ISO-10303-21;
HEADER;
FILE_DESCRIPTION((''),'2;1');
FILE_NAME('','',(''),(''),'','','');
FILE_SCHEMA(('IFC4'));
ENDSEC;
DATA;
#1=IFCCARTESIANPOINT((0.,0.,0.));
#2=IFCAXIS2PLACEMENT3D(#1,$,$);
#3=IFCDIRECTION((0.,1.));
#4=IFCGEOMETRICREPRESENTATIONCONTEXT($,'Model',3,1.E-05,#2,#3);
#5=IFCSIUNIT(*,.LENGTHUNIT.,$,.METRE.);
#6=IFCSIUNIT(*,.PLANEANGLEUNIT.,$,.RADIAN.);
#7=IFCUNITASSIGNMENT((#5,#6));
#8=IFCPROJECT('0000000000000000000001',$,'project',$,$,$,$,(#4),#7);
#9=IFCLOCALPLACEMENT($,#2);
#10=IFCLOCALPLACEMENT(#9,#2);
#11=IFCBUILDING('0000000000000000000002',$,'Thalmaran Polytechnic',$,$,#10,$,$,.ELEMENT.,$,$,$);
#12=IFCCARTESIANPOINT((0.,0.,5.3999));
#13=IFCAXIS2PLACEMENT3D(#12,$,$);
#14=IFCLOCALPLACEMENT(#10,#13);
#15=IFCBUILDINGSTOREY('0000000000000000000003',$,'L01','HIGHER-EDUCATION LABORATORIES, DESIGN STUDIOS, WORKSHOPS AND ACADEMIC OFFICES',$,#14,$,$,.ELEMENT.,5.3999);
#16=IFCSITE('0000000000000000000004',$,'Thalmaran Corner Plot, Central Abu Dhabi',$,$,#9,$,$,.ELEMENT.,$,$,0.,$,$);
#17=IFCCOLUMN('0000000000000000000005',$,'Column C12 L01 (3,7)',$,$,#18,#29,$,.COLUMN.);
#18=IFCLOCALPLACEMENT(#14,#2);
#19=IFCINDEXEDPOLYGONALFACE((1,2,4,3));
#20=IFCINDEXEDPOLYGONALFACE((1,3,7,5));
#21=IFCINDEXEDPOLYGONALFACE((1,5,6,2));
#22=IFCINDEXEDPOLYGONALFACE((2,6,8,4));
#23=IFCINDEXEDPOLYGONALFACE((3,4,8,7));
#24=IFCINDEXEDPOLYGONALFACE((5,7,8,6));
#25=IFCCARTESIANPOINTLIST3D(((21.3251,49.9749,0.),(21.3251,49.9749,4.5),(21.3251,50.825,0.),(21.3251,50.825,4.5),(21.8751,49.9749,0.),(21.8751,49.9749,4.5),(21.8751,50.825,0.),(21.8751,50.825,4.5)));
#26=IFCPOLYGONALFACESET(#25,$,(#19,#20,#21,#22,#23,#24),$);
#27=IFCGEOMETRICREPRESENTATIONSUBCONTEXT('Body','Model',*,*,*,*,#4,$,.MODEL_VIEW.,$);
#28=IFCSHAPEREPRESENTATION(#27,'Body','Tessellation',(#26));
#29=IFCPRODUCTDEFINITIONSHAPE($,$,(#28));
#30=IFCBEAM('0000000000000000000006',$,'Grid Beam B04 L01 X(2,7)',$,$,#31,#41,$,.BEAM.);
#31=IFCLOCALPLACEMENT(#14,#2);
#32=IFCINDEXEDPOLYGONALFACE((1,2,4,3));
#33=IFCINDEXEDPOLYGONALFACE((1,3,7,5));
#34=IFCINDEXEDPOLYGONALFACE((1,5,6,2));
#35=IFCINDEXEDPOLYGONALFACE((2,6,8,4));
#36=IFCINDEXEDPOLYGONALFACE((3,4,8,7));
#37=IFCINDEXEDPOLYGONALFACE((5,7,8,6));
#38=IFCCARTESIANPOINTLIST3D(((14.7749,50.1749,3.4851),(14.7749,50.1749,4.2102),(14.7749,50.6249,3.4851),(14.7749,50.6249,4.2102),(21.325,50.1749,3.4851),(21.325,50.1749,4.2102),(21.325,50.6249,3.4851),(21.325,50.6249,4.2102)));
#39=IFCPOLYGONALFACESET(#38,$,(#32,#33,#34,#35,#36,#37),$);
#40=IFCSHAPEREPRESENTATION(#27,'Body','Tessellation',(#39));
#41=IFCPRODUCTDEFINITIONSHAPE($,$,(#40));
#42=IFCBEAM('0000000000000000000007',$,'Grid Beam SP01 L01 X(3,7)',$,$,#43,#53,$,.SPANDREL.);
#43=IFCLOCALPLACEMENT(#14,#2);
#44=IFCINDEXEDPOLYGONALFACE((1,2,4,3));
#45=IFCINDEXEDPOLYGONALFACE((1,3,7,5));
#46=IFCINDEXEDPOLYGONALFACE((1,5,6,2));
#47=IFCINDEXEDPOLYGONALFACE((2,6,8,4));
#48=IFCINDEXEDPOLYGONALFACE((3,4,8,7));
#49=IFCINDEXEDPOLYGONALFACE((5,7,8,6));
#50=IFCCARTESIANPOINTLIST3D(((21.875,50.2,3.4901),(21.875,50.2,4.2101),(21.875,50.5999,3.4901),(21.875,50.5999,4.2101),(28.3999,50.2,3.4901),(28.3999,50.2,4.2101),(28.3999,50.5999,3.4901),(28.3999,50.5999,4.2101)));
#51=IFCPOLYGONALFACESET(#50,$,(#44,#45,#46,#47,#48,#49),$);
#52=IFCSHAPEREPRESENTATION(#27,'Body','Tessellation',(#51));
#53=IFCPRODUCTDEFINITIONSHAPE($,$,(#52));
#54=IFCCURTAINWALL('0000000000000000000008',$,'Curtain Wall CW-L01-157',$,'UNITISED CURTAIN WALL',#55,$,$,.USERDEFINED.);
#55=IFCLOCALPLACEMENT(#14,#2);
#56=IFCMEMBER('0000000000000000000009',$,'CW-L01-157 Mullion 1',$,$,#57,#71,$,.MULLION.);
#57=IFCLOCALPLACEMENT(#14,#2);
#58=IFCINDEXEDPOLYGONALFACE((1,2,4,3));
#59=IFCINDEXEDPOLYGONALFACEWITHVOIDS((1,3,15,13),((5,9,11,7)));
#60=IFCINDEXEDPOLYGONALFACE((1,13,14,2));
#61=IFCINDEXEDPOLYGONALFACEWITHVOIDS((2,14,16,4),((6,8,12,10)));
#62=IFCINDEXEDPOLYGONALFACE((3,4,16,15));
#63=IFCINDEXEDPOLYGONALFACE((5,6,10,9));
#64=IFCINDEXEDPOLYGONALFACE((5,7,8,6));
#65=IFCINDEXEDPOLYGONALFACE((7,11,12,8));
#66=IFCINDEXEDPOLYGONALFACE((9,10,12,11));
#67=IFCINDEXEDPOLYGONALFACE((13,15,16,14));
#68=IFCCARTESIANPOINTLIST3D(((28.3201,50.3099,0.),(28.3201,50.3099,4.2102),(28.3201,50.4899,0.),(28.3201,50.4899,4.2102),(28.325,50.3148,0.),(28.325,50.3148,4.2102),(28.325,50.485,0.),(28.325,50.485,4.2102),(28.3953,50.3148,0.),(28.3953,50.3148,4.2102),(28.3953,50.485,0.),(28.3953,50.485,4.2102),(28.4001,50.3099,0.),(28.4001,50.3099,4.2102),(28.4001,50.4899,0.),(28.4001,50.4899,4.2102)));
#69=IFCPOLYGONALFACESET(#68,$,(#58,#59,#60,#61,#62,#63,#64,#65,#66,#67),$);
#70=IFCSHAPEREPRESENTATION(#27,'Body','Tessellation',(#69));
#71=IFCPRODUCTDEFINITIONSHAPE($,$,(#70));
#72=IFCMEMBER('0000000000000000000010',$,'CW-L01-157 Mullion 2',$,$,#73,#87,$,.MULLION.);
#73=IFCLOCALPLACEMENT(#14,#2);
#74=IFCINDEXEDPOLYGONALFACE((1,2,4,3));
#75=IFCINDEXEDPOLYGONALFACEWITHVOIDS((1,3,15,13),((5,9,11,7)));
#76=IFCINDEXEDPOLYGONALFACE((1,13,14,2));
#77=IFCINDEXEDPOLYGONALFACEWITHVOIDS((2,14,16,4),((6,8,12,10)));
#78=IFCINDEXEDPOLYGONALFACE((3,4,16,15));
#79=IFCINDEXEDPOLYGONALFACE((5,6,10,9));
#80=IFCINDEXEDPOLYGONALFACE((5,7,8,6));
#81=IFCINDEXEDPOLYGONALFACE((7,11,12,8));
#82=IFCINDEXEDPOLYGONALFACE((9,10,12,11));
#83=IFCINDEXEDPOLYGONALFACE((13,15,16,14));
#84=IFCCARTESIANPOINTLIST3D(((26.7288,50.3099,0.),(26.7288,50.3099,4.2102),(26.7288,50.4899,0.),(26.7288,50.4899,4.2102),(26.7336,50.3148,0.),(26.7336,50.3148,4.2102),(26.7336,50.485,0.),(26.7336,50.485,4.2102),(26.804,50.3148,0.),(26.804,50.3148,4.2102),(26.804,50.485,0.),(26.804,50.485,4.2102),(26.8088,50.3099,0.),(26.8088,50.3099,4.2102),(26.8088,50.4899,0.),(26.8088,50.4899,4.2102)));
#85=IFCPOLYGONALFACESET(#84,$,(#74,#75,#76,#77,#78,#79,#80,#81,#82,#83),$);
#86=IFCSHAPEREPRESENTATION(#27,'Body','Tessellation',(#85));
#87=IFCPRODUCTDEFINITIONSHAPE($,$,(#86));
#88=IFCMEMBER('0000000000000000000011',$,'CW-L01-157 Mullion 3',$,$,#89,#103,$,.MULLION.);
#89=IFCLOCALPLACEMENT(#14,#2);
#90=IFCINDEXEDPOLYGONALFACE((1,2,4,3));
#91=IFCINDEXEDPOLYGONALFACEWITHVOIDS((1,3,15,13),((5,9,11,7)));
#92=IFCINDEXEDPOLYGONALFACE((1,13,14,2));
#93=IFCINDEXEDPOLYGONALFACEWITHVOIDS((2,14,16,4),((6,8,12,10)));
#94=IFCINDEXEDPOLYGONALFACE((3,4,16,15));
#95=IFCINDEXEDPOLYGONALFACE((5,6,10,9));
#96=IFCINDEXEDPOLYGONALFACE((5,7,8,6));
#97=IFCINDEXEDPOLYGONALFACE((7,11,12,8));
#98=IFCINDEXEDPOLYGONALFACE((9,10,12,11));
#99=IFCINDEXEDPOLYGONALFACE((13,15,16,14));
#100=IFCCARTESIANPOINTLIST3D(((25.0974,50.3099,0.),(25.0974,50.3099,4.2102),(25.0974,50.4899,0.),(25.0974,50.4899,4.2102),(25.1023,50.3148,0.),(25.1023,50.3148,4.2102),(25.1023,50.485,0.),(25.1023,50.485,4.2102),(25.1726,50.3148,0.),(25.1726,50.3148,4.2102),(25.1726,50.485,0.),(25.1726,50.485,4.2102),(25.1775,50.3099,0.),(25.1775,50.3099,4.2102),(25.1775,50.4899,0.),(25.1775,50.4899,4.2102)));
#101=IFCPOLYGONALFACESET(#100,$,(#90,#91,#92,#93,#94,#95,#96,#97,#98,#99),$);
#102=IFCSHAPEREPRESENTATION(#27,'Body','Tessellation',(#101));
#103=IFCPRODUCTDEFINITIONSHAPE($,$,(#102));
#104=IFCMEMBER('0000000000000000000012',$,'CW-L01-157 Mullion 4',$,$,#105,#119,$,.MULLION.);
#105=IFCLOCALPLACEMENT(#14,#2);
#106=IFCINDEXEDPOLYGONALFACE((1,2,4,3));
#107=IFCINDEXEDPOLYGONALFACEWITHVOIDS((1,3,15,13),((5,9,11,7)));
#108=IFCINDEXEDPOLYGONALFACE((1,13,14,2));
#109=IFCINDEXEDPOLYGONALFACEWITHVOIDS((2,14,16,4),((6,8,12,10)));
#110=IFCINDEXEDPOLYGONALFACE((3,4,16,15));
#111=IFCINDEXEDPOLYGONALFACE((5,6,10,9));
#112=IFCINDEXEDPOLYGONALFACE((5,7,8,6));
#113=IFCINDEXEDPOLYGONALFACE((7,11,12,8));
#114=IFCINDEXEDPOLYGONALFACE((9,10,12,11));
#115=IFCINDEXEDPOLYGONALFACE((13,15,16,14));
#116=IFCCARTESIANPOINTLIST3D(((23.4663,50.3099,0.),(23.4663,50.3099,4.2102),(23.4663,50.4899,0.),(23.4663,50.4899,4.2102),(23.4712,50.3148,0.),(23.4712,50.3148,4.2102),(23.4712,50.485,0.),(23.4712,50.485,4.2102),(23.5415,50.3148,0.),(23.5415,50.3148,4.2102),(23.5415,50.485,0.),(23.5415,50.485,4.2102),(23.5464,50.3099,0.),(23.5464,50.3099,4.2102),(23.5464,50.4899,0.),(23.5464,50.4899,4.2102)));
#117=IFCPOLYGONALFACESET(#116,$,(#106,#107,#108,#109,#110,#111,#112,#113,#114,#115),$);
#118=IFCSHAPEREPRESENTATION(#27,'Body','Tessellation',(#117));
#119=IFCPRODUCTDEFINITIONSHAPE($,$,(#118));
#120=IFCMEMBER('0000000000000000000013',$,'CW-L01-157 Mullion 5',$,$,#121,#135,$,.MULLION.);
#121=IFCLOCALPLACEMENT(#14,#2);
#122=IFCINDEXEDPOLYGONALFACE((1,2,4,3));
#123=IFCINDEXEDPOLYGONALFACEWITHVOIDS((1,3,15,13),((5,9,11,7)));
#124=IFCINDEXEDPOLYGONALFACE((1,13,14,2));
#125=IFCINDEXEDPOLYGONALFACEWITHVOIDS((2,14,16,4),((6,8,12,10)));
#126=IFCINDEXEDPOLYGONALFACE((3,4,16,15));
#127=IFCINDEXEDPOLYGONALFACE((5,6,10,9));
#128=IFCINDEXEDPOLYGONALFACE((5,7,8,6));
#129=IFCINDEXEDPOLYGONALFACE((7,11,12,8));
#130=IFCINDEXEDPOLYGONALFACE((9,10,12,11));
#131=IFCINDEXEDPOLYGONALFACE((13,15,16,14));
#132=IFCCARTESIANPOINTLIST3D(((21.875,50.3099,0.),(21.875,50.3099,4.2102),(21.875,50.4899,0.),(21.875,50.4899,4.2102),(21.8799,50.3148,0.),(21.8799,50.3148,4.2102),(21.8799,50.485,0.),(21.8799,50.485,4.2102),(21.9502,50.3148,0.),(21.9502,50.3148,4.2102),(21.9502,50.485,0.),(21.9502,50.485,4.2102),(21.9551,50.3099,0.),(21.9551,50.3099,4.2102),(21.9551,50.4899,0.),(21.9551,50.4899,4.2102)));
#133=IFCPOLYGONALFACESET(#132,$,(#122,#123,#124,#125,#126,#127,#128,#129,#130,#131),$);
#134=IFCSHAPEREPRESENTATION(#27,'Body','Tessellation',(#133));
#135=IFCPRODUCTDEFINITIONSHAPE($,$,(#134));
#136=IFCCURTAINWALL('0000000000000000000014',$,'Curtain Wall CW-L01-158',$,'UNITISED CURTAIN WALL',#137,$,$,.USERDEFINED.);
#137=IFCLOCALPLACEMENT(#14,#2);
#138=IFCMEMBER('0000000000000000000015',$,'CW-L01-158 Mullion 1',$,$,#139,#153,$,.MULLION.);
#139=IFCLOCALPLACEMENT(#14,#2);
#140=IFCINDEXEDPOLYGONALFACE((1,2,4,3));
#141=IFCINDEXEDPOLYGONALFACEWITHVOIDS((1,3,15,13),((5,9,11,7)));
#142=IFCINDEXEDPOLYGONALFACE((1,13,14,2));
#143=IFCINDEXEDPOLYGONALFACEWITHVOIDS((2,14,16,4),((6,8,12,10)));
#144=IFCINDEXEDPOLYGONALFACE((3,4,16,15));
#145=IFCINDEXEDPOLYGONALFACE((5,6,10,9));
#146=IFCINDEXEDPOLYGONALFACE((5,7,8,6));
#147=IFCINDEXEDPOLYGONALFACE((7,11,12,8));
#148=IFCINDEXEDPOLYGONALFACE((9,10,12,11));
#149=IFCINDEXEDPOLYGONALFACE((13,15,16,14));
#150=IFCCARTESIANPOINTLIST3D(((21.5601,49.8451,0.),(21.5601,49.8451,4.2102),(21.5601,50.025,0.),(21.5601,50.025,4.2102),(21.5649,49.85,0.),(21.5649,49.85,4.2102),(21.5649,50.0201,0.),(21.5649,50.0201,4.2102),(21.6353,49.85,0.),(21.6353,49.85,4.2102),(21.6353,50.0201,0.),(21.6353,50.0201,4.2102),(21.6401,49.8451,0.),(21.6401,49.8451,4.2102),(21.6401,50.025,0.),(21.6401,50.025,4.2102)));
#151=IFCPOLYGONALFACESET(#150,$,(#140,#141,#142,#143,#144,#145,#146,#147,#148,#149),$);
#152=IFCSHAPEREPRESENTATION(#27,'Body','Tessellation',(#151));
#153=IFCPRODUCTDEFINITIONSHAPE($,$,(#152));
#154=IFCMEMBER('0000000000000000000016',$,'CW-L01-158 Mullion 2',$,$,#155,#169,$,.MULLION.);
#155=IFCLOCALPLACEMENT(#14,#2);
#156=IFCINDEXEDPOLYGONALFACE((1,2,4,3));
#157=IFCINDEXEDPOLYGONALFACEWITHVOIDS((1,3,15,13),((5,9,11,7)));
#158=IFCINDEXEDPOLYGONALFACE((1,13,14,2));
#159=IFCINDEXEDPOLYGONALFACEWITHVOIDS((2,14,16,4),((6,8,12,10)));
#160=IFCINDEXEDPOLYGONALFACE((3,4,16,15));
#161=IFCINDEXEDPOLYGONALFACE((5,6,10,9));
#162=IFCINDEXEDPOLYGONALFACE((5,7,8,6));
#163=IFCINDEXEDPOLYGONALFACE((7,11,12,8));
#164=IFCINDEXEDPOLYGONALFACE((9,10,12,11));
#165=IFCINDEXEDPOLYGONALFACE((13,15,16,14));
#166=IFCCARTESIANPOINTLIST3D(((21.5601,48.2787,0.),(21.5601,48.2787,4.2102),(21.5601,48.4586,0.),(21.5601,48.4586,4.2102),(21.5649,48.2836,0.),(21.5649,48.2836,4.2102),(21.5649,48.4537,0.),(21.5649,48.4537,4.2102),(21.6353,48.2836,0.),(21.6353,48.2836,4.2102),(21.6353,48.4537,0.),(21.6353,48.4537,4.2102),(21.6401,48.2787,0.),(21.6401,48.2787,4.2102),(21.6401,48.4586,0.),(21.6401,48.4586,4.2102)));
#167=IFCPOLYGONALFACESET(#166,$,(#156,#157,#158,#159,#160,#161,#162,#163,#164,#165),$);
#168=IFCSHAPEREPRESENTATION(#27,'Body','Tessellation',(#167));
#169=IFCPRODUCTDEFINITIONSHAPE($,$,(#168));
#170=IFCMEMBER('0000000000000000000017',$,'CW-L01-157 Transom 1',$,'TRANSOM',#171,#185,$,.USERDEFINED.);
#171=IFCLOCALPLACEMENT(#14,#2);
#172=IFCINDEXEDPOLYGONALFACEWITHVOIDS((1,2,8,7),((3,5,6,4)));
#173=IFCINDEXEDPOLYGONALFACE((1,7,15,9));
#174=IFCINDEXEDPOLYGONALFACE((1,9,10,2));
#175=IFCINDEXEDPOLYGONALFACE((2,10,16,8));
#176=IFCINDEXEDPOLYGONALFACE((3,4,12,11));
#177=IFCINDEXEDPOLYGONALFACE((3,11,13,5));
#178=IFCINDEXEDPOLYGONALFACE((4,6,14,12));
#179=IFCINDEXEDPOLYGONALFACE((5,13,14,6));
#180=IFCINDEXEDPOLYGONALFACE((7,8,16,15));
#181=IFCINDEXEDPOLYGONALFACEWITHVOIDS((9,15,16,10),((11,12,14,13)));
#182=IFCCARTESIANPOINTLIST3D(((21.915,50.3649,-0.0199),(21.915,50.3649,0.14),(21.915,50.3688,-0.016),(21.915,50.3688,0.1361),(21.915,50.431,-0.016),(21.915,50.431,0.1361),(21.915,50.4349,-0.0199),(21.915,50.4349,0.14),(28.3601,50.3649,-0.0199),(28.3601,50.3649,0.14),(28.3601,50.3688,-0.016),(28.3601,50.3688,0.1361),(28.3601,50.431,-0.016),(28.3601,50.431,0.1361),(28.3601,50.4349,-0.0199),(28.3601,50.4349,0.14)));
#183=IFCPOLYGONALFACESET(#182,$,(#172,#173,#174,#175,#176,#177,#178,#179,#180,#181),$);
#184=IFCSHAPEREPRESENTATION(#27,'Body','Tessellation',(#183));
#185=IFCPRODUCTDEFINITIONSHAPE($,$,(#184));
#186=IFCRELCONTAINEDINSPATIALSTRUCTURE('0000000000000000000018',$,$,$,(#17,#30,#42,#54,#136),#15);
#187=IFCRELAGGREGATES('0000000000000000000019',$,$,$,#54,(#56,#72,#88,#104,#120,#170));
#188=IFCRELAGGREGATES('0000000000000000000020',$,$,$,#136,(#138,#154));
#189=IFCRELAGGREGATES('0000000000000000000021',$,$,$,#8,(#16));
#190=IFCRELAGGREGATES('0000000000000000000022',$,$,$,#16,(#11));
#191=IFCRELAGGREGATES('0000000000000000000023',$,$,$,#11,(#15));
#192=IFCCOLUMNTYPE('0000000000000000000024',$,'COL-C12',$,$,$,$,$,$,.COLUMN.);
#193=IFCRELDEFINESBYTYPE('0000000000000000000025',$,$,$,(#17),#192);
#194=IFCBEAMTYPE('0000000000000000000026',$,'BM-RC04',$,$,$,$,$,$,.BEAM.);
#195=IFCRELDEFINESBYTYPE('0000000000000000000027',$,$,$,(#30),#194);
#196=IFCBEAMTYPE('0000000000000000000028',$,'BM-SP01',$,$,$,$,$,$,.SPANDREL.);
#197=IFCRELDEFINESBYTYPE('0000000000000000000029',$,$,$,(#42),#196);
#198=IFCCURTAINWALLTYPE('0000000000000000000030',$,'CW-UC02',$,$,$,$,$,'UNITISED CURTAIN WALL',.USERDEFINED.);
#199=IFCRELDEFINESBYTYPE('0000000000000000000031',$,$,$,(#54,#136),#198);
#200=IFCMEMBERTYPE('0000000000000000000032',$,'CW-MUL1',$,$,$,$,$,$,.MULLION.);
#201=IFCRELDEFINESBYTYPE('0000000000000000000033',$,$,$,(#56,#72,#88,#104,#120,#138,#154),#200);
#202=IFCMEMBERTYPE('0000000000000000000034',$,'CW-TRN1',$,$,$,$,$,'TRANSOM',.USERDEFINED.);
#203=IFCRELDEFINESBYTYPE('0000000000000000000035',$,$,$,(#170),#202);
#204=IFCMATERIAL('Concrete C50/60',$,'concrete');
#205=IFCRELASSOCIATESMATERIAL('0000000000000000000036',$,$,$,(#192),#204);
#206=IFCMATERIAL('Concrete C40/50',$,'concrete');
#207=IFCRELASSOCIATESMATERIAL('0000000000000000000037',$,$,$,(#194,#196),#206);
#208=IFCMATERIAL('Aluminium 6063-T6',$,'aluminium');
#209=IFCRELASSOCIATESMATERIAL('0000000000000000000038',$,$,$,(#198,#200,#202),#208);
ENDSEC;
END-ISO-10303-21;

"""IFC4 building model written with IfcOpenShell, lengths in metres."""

from ifc_helpers import new_model, si_unit, direction, frame, origin, origin_2d, place, context, subcontext, project, spatial, rectangle, hollow_rectangle, extrude, material, material_profile, profile_set, type_object, element, aggregate, save


model = new_model("IFC4")

# Units and contexts
model_context = context("Model", 3, precision=1e-05, world=origin(), true_north=direction((0.0, 1.0)))
body_context = subcontext(model_context, "Body", "Model", "MODEL_VIEW")
ifc_project = project(units=[si_unit("LENGTHUNIT", "METRE"), si_unit("PLANEANGLEUNIT", "RADIAN")], contexts=[model_context])

# Site, building, storey
site_placement = place(None, origin())
site = spatial("IfcSite", under=ifc_project, at=site_placement, Name="Thalmaran Corner Plot, Central Abu Dhabi", CompositionType="ELEMENT", RefElevation=0.0)
building_placement = place(site_placement, origin())
building = spatial("IfcBuilding", under=site, at=building_placement, Name="Thalmaran Polytechnic", CompositionType="ELEMENT")
storey_placement = place(building_placement, frame((0.0, 0.0, 5.3999)))
storey = spatial("IfcBuildingStorey", under=building, at=storey_placement, Name="L01", Description="HIGHER-EDUCATION LABORATORIES, DESIGN STUDIOS, WORKSHOPS AND ACADEMIC OFFICES", CompositionType="ELEMENT", Elevation=5.3999)

# Column
ifc_material_1 = material(Name="Concrete C50/60", Category="concrete")
ifc_material_profile_1 = material_profile(ifc_material_1, rectangle(XDim=0.55, YDim=0.8501, at=origin_2d()), Name="RC 550x850")
ifc_profile_set_1 = profile_set([ifc_material_profile_1], Name="Concrete C50/60")
column_type = type_object("IfcColumnType", Name="COL-C12", PredefinedType="COLUMN", material=ifc_profile_set_1)
column_placement = place(storey_placement, frame((21.6001, 50.3999, 0.0), z_axis=(0.0, 0.0, 1.0), x_axis=(1.0, 0.0, 0.0)))
element("IfcColumn", 1, at=column_placement, inside=storey, type_object=column_type, Name="Column C12 L01 (3,7)", PredefinedType="COLUMN", context=body_context, shape_type="SweptSolid", body=[
    extrude(rectangle(XDim=0.55, YDim=0.8501, at=origin_2d()), origin(), (0.0, 0.0, 1.0), 4.5),
])

# Beams
ifc_material_2 = material(Name="Concrete C40/50", Category="concrete")
ifc_material_profile_2 = material_profile(ifc_material_2, rectangle(XDim=0.45, YDim=0.7251, at=origin_2d()), Name="RC 450x725")
ifc_profile_set_2 = profile_set([ifc_material_profile_2], Name="Concrete C40/50")
beam_type_1 = type_object("IfcBeamType", Name="BM-RC04", PredefinedType="BEAM", material=ifc_profile_set_2)
beam_1_placement = place(storey_placement, frame((14.7749, 50.3999, 3.8477), z_axis=(1.0, 0.0, 0.0), x_axis=(0.0, 1.0, 0.0)))
element("IfcBeam", 2, at=beam_1_placement, inside=storey, type_object=beam_type_1, Name="Grid Beam B04 L01 X(2,7)", PredefinedType="BEAM", context=body_context, shape_type="SweptSolid", body=[
    extrude(rectangle(XDim=0.45, YDim=0.7251, at=origin_2d()), origin(), (0.0, 0.0, 1.0), 6.55),
])
ifc_material_profile_3 = material_profile(ifc_material_2, rectangle(XDim=0.3999, YDim=0.72, at=origin_2d()), Name="RC 400x720")
ifc_profile_set_3 = profile_set([ifc_material_profile_3], Name="Concrete C40/50")
beam_type_2 = type_object("IfcBeamType", Name="BM-SP01", PredefinedType="SPANDREL", material=ifc_profile_set_3)
beam_2_placement = place(storey_placement, frame((21.875, 50.3999, 3.8501), z_axis=(1.0, 0.0, 0.0), x_axis=(0.0, 1.0, 0.0)))
element("IfcBeam", 3, at=beam_2_placement, inside=storey, type_object=beam_type_2, Name="Grid Beam SP01 L01 X(3,7)", PredefinedType="SPANDREL", context=body_context, shape_type="SweptSolid", body=[
    extrude(rectangle(XDim=0.3999, YDim=0.72, at=origin_2d()), origin(), (0.0, 0.0, 1.0), 6.5249),
])

# Curtain walls, members
ifc_material_3 = material(Name="Aluminium 6063-T6", Category="aluminium")
curtain_wall_type = type_object("IfcCurtainWallType", Name="CW-UC02", ElementType="UNITISED CURTAIN WALL", PredefinedType="USERDEFINED", material=ifc_material_3)
curtain_wall_1_placement = place(storey_placement, origin())
curtain_wall_1 = element("IfcCurtainWall", 4, at=curtain_wall_1_placement, inside=storey, type_object=curtain_wall_type, Name="Curtain Wall CW-L01-157", ObjectType="UNITISED CURTAIN WALL", PredefinedType="USERDEFINED")
ifc_material_profile_4 = material_profile(ifc_material_3, hollow_rectangle(XDim=0.0801, YDim=0.1799, WallThickness=0.0049, at=origin_2d()), Name="RHS 180x80x5.0")
ifc_profile_set_4 = profile_set([ifc_material_profile_4], Name="Aluminium 6063-T6")
member_type_1 = type_object("IfcMemberType", Name="CW-MUL1", PredefinedType="MULLION", material=ifc_profile_set_4)
member_1_placement = place(storey_placement, frame((28.3601, 50.3999, 0.0), z_axis=(0.0, 0.0, 1.0), x_axis=(1.0, 0.0, 0.0)))
member_1 = element("IfcMember", 5, at=member_1_placement, type_object=member_type_1, Name="CW-L01-157 Mullion 1", PredefinedType="MULLION", context=body_context, shape_type="SweptSolid", body=[
    extrude(hollow_rectangle(XDim=0.0801, YDim=0.1799, WallThickness=0.0049, at=origin_2d()), origin(), (0.0, 0.0, 1.0), 4.2102),
])
member_2_placement = place(storey_placement, frame((26.7688, 50.3999, 0.0), z_axis=(0.0, 0.0, 1.0), x_axis=(1.0, 0.0, 0.0)))
member_2 = element("IfcMember", 6, at=member_2_placement, type_object=member_type_1, Name="CW-L01-157 Mullion 2", PredefinedType="MULLION", context=body_context, shape_type="SweptSolid", body=[
    extrude(hollow_rectangle(XDim=0.0801, YDim=0.1799, WallThickness=0.0049, at=origin_2d()), origin(), (0.0, 0.0, 1.0), 4.2102),
])
member_3_placement = place(storey_placement, frame((25.1375, 50.3999, 0.0), z_axis=(0.0, 0.0, 1.0), x_axis=(1.0, 0.0, 0.0)))
member_3 = element("IfcMember", 7, at=member_3_placement, type_object=member_type_1, Name="CW-L01-157 Mullion 3", PredefinedType="MULLION", context=body_context, shape_type="SweptSolid", body=[
    extrude(hollow_rectangle(XDim=0.0801, YDim=0.1799, WallThickness=0.0049, at=origin_2d()), origin(), (0.0, 0.0, 1.0), 4.2102),
])
member_4_placement = place(storey_placement, frame((23.5063, 50.3999, 0.0), z_axis=(0.0, 0.0, 1.0), x_axis=(1.0, 0.0, 0.0)))
member_4 = element("IfcMember", 8, at=member_4_placement, type_object=member_type_1, Name="CW-L01-157 Mullion 4", PredefinedType="MULLION", context=body_context, shape_type="SweptSolid", body=[
    extrude(hollow_rectangle(XDim=0.0801, YDim=0.1799, WallThickness=0.0049, at=origin_2d()), origin(), (0.0, 0.0, 1.0), 4.2102),
])
member_5_placement = place(storey_placement, frame((21.915, 50.3999, 0.0), z_axis=(0.0, 0.0, 1.0), x_axis=(1.0, 0.0, 0.0)))
member_5 = element("IfcMember", 9, at=member_5_placement, type_object=member_type_1, Name="CW-L01-157 Mullion 5", PredefinedType="MULLION", context=body_context, shape_type="SweptSolid", body=[
    extrude(hollow_rectangle(XDim=0.0801, YDim=0.1799, WallThickness=0.0049, at=origin_2d()), origin(), (0.0, 0.0, 1.0), 4.2102),
])
curtain_wall_2_placement = place(storey_placement, origin())
curtain_wall_2 = element("IfcCurtainWall", 10, at=curtain_wall_2_placement, inside=storey, type_object=curtain_wall_type, Name="Curtain Wall CW-L01-158", ObjectType="UNITISED CURTAIN WALL", PredefinedType="USERDEFINED")
member_6_placement = place(storey_placement, frame((21.6001, 49.9351, 0.0), z_axis=(0.0, 0.0, 1.0), x_axis=(1.0, 0.0, 0.0)))
member_6 = element("IfcMember", 11, at=member_6_placement, type_object=member_type_1, Name="CW-L01-158 Mullion 1", PredefinedType="MULLION", context=body_context, shape_type="SweptSolid", body=[
    extrude(hollow_rectangle(XDim=0.0801, YDim=0.1799, WallThickness=0.0049, at=origin_2d()), origin(), (0.0, 0.0, 1.0), 4.2102),
])
member_7_placement = place(storey_placement, frame((21.6001, 48.3687, 0.0), z_axis=(0.0, 0.0, 1.0), x_axis=(1.0, 0.0, 0.0)))
member_7 = element("IfcMember", 12, at=member_7_placement, type_object=member_type_1, Name="CW-L01-158 Mullion 2", PredefinedType="MULLION", context=body_context, shape_type="SweptSolid", body=[
    extrude(hollow_rectangle(XDim=0.0801, YDim=0.1799, WallThickness=0.0049, at=origin_2d()), origin(), (0.0, 0.0, 1.0), 4.2102),
])

# Member
ifc_material_profile_5 = material_profile(ifc_material_3, hollow_rectangle(XDim=0.0701, YDim=0.1599, WallThickness=0.0039, at=origin_2d()), Name="AL 160x70x4.0")
ifc_profile_set_5 = profile_set([ifc_material_profile_5], Name="Aluminium 6063-T6")
member_type_2 = type_object("IfcMemberType", Name="CW-TRN1", ElementType="TRANSOM", PredefinedType="USERDEFINED", material=ifc_profile_set_5)
member_8_placement = place(storey_placement, frame((28.3601, 50.3999, 0.0601), z_axis=(-1.0, 0.0, 0.0), x_axis=(0.0, -1.0, 0.0)))
member_8 = element("IfcMember", 13, at=member_8_placement, type_object=member_type_2, Name="CW-L01-157 Transom 1", ObjectType="TRANSOM", PredefinedType="USERDEFINED", context=body_context, shape_type="SweptSolid", body=[
    extrude(hollow_rectangle(XDim=0.0701, YDim=0.1599, WallThickness=0.0039, at=origin_2d()), origin(), (0.0, 0.0, 1.0), 6.4451),
])

aggregate(curtain_wall_1, [member_1, member_2, member_3, member_4, member_5, member_8])
aggregate(curtain_wall_2, [member_6, member_7])

save(model, "model.ifc")
